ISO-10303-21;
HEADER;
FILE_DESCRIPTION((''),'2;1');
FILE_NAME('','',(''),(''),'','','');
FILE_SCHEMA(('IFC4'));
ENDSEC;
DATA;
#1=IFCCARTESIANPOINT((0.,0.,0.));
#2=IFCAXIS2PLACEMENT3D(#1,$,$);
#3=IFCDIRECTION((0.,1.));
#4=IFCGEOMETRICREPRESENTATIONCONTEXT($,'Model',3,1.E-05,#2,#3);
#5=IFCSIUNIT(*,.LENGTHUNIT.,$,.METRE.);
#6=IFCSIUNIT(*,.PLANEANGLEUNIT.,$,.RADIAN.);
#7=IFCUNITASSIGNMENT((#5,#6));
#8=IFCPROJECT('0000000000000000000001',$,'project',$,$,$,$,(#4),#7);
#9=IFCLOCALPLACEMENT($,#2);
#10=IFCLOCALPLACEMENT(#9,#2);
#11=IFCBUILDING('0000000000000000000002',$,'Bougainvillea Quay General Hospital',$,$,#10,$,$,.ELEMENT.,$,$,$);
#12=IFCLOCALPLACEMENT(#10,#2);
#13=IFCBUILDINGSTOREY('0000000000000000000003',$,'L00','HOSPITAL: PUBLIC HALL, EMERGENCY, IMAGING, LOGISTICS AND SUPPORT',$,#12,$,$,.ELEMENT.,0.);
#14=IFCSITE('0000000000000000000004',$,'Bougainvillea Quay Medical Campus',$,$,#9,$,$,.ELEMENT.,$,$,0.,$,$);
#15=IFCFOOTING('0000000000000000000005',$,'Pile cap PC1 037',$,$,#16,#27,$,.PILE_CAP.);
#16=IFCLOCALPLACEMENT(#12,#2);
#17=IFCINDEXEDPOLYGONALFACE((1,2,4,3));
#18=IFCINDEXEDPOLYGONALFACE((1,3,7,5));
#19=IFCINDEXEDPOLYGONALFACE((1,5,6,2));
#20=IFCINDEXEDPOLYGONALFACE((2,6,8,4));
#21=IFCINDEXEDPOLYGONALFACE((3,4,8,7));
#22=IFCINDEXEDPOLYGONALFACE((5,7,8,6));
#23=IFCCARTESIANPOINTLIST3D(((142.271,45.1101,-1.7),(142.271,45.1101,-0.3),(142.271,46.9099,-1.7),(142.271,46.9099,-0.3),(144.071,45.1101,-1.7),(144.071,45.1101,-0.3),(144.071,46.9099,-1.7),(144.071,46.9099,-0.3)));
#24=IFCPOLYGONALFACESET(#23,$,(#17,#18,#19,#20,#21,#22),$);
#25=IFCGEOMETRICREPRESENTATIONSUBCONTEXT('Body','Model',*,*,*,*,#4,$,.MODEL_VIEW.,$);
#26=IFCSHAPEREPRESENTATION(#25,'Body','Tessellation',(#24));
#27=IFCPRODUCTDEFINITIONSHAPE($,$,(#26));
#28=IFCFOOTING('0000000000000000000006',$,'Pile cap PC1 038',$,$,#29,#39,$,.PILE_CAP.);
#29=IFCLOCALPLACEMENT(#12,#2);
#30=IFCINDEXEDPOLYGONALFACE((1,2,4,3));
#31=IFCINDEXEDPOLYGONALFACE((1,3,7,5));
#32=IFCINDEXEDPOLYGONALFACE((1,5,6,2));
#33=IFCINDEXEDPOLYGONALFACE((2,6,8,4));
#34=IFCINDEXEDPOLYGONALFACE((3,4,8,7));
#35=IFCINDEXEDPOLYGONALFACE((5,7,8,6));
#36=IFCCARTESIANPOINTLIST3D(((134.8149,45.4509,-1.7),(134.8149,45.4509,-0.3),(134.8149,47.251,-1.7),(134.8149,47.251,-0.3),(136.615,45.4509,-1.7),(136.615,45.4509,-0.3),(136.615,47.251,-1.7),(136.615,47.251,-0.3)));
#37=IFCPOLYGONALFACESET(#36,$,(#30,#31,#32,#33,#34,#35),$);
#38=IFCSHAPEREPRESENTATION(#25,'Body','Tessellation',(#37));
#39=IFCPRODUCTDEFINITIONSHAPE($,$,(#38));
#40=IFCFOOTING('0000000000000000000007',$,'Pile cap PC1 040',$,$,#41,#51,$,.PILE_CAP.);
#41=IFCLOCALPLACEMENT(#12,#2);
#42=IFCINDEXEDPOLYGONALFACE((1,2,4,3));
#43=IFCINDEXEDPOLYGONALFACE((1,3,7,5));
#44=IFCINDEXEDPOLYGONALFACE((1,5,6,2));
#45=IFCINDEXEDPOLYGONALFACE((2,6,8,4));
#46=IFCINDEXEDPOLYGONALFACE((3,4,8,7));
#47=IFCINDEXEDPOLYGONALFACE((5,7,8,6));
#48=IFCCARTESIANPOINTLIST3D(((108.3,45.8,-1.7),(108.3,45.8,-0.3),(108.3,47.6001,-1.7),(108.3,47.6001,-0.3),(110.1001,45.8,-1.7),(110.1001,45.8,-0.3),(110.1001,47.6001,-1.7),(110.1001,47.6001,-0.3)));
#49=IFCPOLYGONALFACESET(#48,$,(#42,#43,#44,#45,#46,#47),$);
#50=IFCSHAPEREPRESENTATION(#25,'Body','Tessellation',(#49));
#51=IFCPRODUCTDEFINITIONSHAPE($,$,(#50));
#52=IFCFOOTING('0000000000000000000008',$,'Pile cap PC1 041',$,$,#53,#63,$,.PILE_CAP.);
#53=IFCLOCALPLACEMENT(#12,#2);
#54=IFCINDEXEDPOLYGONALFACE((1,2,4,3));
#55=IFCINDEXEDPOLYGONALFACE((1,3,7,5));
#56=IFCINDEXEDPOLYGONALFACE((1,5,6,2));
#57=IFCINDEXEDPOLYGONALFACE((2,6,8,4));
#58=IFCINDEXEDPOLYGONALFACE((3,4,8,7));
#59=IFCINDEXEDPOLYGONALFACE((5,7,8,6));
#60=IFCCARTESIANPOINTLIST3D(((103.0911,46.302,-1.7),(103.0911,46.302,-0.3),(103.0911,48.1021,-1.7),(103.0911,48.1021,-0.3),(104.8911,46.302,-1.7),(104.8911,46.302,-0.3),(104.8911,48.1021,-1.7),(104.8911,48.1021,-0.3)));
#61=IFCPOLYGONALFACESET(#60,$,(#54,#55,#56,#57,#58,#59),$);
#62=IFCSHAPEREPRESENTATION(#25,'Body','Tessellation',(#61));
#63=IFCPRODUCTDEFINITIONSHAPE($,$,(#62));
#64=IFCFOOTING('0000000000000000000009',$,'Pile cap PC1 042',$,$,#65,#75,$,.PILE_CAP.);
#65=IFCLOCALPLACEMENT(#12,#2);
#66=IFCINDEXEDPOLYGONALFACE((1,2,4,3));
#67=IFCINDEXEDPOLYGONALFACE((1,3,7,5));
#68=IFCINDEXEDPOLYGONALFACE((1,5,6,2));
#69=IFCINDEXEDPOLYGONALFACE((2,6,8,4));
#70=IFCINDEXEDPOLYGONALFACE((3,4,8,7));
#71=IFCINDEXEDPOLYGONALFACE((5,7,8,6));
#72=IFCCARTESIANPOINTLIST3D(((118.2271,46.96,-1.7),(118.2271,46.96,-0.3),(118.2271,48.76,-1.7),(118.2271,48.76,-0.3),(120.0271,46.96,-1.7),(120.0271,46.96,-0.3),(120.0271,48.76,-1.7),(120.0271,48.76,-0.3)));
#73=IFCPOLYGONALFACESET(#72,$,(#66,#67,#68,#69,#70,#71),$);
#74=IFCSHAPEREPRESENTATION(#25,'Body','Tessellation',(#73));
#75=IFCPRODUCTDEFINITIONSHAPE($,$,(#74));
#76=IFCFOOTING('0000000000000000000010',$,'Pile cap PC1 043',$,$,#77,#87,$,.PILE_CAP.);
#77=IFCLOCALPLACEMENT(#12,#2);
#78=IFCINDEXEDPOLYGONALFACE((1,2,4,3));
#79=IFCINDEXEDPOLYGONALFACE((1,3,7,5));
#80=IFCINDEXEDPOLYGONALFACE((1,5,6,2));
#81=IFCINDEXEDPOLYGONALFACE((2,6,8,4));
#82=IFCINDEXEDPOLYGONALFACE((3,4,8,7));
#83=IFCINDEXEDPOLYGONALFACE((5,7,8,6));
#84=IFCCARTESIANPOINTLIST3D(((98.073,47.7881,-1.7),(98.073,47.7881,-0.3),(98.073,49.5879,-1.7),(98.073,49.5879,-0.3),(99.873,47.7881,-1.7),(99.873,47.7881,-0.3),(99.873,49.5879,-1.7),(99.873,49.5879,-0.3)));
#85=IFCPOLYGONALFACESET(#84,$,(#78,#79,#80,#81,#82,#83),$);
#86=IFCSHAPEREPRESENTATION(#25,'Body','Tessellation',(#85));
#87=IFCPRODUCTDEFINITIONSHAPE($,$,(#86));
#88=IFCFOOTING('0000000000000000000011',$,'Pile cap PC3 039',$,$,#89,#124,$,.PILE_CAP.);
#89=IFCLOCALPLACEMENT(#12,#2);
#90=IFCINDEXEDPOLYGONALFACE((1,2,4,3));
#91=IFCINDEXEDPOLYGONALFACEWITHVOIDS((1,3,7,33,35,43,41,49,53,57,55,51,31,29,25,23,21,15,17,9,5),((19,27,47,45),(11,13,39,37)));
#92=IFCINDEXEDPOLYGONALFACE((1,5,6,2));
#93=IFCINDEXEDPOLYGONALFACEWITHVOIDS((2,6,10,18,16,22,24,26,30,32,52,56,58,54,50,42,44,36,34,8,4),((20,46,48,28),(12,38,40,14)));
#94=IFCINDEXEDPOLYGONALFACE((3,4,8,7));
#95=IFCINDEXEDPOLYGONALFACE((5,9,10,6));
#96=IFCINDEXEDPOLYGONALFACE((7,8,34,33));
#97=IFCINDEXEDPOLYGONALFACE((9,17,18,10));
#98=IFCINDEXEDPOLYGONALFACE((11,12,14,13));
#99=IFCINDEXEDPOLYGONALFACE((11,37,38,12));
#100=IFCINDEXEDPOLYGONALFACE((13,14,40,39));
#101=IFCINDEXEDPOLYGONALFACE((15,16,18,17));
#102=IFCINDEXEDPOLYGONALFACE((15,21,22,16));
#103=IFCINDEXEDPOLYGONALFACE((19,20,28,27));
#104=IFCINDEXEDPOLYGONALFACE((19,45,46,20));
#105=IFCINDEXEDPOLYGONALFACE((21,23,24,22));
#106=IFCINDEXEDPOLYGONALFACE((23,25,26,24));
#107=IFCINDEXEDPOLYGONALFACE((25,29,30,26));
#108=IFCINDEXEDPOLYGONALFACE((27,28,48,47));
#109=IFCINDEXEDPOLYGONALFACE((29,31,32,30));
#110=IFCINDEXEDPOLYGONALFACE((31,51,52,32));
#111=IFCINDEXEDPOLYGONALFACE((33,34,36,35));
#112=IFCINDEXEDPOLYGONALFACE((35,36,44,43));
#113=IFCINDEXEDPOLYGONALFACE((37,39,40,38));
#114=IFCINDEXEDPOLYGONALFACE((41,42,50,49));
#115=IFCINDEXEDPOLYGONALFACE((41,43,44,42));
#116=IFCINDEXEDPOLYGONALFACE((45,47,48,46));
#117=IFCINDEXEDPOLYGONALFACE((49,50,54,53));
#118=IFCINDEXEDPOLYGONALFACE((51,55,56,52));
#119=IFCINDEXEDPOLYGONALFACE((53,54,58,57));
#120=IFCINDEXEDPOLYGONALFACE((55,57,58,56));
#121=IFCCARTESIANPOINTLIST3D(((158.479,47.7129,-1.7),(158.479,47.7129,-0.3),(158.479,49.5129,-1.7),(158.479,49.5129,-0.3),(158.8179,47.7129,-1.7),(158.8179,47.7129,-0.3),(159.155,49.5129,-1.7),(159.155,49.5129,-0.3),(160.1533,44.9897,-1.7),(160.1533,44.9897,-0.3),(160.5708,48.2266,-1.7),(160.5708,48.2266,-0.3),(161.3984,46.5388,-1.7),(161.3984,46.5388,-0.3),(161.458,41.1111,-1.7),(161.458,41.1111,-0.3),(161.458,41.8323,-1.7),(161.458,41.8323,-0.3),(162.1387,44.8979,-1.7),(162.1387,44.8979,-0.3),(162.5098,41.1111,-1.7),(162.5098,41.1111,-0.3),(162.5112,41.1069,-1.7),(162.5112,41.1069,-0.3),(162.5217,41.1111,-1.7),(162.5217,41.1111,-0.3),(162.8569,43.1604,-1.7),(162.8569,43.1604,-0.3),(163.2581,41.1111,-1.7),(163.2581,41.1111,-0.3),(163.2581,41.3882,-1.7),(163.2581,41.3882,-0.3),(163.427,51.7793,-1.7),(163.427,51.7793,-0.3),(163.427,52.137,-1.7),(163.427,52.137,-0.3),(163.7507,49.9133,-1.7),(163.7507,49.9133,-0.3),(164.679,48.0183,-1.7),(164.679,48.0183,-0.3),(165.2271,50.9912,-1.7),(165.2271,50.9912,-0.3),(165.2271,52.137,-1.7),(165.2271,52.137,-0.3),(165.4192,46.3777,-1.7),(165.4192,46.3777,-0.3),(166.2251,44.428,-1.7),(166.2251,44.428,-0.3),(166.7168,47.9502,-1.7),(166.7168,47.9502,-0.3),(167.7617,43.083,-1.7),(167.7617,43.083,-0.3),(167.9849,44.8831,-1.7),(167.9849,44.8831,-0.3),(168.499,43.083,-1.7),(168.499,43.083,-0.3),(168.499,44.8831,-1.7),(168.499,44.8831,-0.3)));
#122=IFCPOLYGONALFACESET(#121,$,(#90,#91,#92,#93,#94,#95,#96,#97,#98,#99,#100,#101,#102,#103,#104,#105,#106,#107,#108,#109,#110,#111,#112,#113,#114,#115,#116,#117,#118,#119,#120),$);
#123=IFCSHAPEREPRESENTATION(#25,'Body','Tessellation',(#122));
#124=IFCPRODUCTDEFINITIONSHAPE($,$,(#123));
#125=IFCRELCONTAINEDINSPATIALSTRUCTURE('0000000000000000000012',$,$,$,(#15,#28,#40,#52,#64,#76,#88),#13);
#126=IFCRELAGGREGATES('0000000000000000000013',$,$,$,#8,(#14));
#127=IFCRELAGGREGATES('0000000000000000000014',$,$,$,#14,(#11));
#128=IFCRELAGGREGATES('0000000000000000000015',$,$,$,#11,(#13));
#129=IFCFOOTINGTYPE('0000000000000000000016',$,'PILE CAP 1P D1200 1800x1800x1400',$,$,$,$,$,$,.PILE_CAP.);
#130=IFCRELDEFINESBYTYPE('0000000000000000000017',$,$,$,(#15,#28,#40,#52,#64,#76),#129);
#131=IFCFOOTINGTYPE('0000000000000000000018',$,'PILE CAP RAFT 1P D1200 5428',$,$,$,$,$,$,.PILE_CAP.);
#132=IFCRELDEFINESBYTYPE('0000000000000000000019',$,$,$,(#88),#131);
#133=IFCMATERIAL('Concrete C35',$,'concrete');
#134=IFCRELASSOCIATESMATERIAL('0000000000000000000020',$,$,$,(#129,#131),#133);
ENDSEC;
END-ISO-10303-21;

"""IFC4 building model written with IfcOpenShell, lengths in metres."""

from ifc_helpers import new_model, si_unit, direction, frame, origin, place, context, subcontext, project, spatial, polyline, outline, extrude, material, type_object, element, save


model = new_model("IFC4")

# Units and contexts
model_context = context("Model", 3, precision=1e-05, world=origin(), true_north=direction((0.0, 1.0)))
body_context = subcontext(model_context, "Body", "Model", "MODEL_VIEW")
ifc_project = project(units=[si_unit("LENGTHUNIT", "METRE"), si_unit("PLANEANGLEUNIT", "RADIAN")], contexts=[model_context])

# Site, building, storey
site_placement = place(None, origin())
site = spatial("IfcSite", under=ifc_project, at=site_placement, Name="Bougainvillea Quay Medical Campus", CompositionType="ELEMENT", RefElevation=0.0)
building_placement = place(site_placement, origin())
building = spatial("IfcBuilding", under=site, at=building_placement, Name="Bougainvillea Quay General Hospital", CompositionType="ELEMENT")
storey_placement = place(building_placement, origin())
storey = spatial("IfcBuildingStorey", under=building, at=storey_placement, Name="L00", Description="HOSPITAL: PUBLIC HALL, EMERGENCY, IMAGING, LOGISTICS AND SUPPORT", CompositionType="ELEMENT", Elevation=0.0)

# Footings
ifc_material = material(Name="Concrete C35", Category="concrete")
footing_type_1 = type_object("IfcFootingType", Name="PILE CAP 1P D1200 1800x1800x1400", PredefinedType="PILE_CAP", material=ifc_material)
footing_1_placement = place(storey_placement, frame((0.0, 0.0, -1.7)))
element("IfcFooting", 1, at=footing_1_placement, inside=storey, type_object=footing_type_1, Name="Pile cap PC1 037", PredefinedType="PILE_CAP", context=body_context, shape_type="SweptSolid", body=[
    extrude(outline(polyline([(142.271, 45.1101), (144.071, 45.1101), (144.071, 46.9099), (142.271, 46.9099), (142.271, 45.1101)])), origin(), (0.0, 0.0, 1.0), 1.3999),
])
footing_2_placement = place(storey_placement, frame((0.0, 0.0, -1.7)))
element("IfcFooting", 2, at=footing_2_placement, inside=storey, type_object=footing_type_1, Name="Pile cap PC1 038", PredefinedType="PILE_CAP", context=body_context, shape_type="SweptSolid", body=[
    extrude(outline(polyline([(134.8149, 45.4509), (136.615, 45.4509), (136.615, 47.251), (134.8149, 47.251), (134.8149, 45.4509)])), origin(), (0.0, 0.0, 1.0), 1.3999),
])
footing_3_placement = place(storey_placement, frame((0.0, 0.0, -1.7)))
element("IfcFooting", 3, at=footing_3_placement, inside=storey, type_object=footing_type_1, Name="Pile cap PC1 040", PredefinedType="PILE_CAP", context=body_context, shape_type="SweptSolid", body=[
    extrude(outline(polyline([(108.3, 45.8), (110.1001, 45.8), (110.1001, 47.6001), (108.3, 47.6001), (108.3, 45.8)])), origin(), (0.0, 0.0, 1.0), 1.3999),
])
footing_4_placement = place(storey_placement, frame((0.0, 0.0, -1.7)))
element("IfcFooting", 4, at=footing_4_placement, inside=storey, type_object=footing_type_1, Name="Pile cap PC1 041", PredefinedType="PILE_CAP", context=body_context, shape_type="SweptSolid", body=[
    extrude(outline(polyline([(103.0911, 46.302), (104.8911, 46.302), (104.8911, 48.1021), (103.0911, 48.1021), (103.0911, 46.302)])), origin(), (0.0, 0.0, 1.0), 1.3999),
])
footing_5_placement = place(storey_placement, frame((0.0, 0.0, -1.7)))
element("IfcFooting", 5, at=footing_5_placement, inside=storey, type_object=footing_type_1, Name="Pile cap PC1 042", PredefinedType="PILE_CAP", context=body_context, shape_type="SweptSolid", body=[
    extrude(outline(polyline([(118.2271, 46.96), (120.0271, 46.96), (120.0271, 48.76), (118.2271, 48.76), (118.2271, 46.96)])), origin(), (0.0, 0.0, 1.0), 1.3999),
])
footing_6_placement = place(storey_placement, frame((0.0, 0.0, -1.7)))
element("IfcFooting", 6, at=footing_6_placement, inside=storey, type_object=footing_type_1, Name="Pile cap PC1 043", PredefinedType="PILE_CAP", context=body_context, shape_type="SweptSolid", body=[
    extrude(outline(polyline([(98.073, 47.7881), (99.873, 47.7881), (99.873, 49.5879), (98.073, 49.5879), (98.073, 47.7881)])), origin(), (0.0, 0.0, 1.0), 1.3999),
])
footing_type_2 = type_object("IfcFootingType", Name="PILE CAP RAFT 1P D1200 5428", PredefinedType="PILE_CAP", material=ifc_material)
footing_7_placement = place(storey_placement, frame((0.0, 0.0, -1.7)))
element("IfcFooting", 7, at=footing_7_placement, inside=storey, type_object=footing_type_2, Name="Pile cap PC3 039", PredefinedType="PILE_CAP", context=body_context, shape_type="SweptSolid", body=[
    extrude(outline(polyline([(162.5098, 41.1111), (161.458, 41.1111), (161.458, 41.8323), (160.1533, 44.9897), (158.8179, 47.7129), (158.479, 47.7129), (158.479, 49.5129), (159.155, 49.5129), (163.427, 51.7793), (163.427, 52.137), (165.2271, 52.137), (165.2271, 50.9912), (166.7168, 47.9502), (167.9849, 44.8831), (168.499, 44.8831), (168.499, 43.083), (167.7617, 43.083), (163.2581, 41.3882), (163.2581, 41.1111), (162.5217, 41.1111), (162.5112, 41.1069), (162.5098, 41.1111)]), holes=[polyline([(165.4192, 46.3777), (162.1387, 44.8979), (162.8569, 43.1604), (166.2251, 44.428), (165.4192, 46.3777)]), polyline([(161.3984, 46.5388), (164.679, 48.0183), (163.7507, 49.9133), (160.5708, 48.2266), (161.3984, 46.5388)])]), origin(), (0.0, 0.0, 1.0), 1.3999),
])

save(model, "model.ifc")
